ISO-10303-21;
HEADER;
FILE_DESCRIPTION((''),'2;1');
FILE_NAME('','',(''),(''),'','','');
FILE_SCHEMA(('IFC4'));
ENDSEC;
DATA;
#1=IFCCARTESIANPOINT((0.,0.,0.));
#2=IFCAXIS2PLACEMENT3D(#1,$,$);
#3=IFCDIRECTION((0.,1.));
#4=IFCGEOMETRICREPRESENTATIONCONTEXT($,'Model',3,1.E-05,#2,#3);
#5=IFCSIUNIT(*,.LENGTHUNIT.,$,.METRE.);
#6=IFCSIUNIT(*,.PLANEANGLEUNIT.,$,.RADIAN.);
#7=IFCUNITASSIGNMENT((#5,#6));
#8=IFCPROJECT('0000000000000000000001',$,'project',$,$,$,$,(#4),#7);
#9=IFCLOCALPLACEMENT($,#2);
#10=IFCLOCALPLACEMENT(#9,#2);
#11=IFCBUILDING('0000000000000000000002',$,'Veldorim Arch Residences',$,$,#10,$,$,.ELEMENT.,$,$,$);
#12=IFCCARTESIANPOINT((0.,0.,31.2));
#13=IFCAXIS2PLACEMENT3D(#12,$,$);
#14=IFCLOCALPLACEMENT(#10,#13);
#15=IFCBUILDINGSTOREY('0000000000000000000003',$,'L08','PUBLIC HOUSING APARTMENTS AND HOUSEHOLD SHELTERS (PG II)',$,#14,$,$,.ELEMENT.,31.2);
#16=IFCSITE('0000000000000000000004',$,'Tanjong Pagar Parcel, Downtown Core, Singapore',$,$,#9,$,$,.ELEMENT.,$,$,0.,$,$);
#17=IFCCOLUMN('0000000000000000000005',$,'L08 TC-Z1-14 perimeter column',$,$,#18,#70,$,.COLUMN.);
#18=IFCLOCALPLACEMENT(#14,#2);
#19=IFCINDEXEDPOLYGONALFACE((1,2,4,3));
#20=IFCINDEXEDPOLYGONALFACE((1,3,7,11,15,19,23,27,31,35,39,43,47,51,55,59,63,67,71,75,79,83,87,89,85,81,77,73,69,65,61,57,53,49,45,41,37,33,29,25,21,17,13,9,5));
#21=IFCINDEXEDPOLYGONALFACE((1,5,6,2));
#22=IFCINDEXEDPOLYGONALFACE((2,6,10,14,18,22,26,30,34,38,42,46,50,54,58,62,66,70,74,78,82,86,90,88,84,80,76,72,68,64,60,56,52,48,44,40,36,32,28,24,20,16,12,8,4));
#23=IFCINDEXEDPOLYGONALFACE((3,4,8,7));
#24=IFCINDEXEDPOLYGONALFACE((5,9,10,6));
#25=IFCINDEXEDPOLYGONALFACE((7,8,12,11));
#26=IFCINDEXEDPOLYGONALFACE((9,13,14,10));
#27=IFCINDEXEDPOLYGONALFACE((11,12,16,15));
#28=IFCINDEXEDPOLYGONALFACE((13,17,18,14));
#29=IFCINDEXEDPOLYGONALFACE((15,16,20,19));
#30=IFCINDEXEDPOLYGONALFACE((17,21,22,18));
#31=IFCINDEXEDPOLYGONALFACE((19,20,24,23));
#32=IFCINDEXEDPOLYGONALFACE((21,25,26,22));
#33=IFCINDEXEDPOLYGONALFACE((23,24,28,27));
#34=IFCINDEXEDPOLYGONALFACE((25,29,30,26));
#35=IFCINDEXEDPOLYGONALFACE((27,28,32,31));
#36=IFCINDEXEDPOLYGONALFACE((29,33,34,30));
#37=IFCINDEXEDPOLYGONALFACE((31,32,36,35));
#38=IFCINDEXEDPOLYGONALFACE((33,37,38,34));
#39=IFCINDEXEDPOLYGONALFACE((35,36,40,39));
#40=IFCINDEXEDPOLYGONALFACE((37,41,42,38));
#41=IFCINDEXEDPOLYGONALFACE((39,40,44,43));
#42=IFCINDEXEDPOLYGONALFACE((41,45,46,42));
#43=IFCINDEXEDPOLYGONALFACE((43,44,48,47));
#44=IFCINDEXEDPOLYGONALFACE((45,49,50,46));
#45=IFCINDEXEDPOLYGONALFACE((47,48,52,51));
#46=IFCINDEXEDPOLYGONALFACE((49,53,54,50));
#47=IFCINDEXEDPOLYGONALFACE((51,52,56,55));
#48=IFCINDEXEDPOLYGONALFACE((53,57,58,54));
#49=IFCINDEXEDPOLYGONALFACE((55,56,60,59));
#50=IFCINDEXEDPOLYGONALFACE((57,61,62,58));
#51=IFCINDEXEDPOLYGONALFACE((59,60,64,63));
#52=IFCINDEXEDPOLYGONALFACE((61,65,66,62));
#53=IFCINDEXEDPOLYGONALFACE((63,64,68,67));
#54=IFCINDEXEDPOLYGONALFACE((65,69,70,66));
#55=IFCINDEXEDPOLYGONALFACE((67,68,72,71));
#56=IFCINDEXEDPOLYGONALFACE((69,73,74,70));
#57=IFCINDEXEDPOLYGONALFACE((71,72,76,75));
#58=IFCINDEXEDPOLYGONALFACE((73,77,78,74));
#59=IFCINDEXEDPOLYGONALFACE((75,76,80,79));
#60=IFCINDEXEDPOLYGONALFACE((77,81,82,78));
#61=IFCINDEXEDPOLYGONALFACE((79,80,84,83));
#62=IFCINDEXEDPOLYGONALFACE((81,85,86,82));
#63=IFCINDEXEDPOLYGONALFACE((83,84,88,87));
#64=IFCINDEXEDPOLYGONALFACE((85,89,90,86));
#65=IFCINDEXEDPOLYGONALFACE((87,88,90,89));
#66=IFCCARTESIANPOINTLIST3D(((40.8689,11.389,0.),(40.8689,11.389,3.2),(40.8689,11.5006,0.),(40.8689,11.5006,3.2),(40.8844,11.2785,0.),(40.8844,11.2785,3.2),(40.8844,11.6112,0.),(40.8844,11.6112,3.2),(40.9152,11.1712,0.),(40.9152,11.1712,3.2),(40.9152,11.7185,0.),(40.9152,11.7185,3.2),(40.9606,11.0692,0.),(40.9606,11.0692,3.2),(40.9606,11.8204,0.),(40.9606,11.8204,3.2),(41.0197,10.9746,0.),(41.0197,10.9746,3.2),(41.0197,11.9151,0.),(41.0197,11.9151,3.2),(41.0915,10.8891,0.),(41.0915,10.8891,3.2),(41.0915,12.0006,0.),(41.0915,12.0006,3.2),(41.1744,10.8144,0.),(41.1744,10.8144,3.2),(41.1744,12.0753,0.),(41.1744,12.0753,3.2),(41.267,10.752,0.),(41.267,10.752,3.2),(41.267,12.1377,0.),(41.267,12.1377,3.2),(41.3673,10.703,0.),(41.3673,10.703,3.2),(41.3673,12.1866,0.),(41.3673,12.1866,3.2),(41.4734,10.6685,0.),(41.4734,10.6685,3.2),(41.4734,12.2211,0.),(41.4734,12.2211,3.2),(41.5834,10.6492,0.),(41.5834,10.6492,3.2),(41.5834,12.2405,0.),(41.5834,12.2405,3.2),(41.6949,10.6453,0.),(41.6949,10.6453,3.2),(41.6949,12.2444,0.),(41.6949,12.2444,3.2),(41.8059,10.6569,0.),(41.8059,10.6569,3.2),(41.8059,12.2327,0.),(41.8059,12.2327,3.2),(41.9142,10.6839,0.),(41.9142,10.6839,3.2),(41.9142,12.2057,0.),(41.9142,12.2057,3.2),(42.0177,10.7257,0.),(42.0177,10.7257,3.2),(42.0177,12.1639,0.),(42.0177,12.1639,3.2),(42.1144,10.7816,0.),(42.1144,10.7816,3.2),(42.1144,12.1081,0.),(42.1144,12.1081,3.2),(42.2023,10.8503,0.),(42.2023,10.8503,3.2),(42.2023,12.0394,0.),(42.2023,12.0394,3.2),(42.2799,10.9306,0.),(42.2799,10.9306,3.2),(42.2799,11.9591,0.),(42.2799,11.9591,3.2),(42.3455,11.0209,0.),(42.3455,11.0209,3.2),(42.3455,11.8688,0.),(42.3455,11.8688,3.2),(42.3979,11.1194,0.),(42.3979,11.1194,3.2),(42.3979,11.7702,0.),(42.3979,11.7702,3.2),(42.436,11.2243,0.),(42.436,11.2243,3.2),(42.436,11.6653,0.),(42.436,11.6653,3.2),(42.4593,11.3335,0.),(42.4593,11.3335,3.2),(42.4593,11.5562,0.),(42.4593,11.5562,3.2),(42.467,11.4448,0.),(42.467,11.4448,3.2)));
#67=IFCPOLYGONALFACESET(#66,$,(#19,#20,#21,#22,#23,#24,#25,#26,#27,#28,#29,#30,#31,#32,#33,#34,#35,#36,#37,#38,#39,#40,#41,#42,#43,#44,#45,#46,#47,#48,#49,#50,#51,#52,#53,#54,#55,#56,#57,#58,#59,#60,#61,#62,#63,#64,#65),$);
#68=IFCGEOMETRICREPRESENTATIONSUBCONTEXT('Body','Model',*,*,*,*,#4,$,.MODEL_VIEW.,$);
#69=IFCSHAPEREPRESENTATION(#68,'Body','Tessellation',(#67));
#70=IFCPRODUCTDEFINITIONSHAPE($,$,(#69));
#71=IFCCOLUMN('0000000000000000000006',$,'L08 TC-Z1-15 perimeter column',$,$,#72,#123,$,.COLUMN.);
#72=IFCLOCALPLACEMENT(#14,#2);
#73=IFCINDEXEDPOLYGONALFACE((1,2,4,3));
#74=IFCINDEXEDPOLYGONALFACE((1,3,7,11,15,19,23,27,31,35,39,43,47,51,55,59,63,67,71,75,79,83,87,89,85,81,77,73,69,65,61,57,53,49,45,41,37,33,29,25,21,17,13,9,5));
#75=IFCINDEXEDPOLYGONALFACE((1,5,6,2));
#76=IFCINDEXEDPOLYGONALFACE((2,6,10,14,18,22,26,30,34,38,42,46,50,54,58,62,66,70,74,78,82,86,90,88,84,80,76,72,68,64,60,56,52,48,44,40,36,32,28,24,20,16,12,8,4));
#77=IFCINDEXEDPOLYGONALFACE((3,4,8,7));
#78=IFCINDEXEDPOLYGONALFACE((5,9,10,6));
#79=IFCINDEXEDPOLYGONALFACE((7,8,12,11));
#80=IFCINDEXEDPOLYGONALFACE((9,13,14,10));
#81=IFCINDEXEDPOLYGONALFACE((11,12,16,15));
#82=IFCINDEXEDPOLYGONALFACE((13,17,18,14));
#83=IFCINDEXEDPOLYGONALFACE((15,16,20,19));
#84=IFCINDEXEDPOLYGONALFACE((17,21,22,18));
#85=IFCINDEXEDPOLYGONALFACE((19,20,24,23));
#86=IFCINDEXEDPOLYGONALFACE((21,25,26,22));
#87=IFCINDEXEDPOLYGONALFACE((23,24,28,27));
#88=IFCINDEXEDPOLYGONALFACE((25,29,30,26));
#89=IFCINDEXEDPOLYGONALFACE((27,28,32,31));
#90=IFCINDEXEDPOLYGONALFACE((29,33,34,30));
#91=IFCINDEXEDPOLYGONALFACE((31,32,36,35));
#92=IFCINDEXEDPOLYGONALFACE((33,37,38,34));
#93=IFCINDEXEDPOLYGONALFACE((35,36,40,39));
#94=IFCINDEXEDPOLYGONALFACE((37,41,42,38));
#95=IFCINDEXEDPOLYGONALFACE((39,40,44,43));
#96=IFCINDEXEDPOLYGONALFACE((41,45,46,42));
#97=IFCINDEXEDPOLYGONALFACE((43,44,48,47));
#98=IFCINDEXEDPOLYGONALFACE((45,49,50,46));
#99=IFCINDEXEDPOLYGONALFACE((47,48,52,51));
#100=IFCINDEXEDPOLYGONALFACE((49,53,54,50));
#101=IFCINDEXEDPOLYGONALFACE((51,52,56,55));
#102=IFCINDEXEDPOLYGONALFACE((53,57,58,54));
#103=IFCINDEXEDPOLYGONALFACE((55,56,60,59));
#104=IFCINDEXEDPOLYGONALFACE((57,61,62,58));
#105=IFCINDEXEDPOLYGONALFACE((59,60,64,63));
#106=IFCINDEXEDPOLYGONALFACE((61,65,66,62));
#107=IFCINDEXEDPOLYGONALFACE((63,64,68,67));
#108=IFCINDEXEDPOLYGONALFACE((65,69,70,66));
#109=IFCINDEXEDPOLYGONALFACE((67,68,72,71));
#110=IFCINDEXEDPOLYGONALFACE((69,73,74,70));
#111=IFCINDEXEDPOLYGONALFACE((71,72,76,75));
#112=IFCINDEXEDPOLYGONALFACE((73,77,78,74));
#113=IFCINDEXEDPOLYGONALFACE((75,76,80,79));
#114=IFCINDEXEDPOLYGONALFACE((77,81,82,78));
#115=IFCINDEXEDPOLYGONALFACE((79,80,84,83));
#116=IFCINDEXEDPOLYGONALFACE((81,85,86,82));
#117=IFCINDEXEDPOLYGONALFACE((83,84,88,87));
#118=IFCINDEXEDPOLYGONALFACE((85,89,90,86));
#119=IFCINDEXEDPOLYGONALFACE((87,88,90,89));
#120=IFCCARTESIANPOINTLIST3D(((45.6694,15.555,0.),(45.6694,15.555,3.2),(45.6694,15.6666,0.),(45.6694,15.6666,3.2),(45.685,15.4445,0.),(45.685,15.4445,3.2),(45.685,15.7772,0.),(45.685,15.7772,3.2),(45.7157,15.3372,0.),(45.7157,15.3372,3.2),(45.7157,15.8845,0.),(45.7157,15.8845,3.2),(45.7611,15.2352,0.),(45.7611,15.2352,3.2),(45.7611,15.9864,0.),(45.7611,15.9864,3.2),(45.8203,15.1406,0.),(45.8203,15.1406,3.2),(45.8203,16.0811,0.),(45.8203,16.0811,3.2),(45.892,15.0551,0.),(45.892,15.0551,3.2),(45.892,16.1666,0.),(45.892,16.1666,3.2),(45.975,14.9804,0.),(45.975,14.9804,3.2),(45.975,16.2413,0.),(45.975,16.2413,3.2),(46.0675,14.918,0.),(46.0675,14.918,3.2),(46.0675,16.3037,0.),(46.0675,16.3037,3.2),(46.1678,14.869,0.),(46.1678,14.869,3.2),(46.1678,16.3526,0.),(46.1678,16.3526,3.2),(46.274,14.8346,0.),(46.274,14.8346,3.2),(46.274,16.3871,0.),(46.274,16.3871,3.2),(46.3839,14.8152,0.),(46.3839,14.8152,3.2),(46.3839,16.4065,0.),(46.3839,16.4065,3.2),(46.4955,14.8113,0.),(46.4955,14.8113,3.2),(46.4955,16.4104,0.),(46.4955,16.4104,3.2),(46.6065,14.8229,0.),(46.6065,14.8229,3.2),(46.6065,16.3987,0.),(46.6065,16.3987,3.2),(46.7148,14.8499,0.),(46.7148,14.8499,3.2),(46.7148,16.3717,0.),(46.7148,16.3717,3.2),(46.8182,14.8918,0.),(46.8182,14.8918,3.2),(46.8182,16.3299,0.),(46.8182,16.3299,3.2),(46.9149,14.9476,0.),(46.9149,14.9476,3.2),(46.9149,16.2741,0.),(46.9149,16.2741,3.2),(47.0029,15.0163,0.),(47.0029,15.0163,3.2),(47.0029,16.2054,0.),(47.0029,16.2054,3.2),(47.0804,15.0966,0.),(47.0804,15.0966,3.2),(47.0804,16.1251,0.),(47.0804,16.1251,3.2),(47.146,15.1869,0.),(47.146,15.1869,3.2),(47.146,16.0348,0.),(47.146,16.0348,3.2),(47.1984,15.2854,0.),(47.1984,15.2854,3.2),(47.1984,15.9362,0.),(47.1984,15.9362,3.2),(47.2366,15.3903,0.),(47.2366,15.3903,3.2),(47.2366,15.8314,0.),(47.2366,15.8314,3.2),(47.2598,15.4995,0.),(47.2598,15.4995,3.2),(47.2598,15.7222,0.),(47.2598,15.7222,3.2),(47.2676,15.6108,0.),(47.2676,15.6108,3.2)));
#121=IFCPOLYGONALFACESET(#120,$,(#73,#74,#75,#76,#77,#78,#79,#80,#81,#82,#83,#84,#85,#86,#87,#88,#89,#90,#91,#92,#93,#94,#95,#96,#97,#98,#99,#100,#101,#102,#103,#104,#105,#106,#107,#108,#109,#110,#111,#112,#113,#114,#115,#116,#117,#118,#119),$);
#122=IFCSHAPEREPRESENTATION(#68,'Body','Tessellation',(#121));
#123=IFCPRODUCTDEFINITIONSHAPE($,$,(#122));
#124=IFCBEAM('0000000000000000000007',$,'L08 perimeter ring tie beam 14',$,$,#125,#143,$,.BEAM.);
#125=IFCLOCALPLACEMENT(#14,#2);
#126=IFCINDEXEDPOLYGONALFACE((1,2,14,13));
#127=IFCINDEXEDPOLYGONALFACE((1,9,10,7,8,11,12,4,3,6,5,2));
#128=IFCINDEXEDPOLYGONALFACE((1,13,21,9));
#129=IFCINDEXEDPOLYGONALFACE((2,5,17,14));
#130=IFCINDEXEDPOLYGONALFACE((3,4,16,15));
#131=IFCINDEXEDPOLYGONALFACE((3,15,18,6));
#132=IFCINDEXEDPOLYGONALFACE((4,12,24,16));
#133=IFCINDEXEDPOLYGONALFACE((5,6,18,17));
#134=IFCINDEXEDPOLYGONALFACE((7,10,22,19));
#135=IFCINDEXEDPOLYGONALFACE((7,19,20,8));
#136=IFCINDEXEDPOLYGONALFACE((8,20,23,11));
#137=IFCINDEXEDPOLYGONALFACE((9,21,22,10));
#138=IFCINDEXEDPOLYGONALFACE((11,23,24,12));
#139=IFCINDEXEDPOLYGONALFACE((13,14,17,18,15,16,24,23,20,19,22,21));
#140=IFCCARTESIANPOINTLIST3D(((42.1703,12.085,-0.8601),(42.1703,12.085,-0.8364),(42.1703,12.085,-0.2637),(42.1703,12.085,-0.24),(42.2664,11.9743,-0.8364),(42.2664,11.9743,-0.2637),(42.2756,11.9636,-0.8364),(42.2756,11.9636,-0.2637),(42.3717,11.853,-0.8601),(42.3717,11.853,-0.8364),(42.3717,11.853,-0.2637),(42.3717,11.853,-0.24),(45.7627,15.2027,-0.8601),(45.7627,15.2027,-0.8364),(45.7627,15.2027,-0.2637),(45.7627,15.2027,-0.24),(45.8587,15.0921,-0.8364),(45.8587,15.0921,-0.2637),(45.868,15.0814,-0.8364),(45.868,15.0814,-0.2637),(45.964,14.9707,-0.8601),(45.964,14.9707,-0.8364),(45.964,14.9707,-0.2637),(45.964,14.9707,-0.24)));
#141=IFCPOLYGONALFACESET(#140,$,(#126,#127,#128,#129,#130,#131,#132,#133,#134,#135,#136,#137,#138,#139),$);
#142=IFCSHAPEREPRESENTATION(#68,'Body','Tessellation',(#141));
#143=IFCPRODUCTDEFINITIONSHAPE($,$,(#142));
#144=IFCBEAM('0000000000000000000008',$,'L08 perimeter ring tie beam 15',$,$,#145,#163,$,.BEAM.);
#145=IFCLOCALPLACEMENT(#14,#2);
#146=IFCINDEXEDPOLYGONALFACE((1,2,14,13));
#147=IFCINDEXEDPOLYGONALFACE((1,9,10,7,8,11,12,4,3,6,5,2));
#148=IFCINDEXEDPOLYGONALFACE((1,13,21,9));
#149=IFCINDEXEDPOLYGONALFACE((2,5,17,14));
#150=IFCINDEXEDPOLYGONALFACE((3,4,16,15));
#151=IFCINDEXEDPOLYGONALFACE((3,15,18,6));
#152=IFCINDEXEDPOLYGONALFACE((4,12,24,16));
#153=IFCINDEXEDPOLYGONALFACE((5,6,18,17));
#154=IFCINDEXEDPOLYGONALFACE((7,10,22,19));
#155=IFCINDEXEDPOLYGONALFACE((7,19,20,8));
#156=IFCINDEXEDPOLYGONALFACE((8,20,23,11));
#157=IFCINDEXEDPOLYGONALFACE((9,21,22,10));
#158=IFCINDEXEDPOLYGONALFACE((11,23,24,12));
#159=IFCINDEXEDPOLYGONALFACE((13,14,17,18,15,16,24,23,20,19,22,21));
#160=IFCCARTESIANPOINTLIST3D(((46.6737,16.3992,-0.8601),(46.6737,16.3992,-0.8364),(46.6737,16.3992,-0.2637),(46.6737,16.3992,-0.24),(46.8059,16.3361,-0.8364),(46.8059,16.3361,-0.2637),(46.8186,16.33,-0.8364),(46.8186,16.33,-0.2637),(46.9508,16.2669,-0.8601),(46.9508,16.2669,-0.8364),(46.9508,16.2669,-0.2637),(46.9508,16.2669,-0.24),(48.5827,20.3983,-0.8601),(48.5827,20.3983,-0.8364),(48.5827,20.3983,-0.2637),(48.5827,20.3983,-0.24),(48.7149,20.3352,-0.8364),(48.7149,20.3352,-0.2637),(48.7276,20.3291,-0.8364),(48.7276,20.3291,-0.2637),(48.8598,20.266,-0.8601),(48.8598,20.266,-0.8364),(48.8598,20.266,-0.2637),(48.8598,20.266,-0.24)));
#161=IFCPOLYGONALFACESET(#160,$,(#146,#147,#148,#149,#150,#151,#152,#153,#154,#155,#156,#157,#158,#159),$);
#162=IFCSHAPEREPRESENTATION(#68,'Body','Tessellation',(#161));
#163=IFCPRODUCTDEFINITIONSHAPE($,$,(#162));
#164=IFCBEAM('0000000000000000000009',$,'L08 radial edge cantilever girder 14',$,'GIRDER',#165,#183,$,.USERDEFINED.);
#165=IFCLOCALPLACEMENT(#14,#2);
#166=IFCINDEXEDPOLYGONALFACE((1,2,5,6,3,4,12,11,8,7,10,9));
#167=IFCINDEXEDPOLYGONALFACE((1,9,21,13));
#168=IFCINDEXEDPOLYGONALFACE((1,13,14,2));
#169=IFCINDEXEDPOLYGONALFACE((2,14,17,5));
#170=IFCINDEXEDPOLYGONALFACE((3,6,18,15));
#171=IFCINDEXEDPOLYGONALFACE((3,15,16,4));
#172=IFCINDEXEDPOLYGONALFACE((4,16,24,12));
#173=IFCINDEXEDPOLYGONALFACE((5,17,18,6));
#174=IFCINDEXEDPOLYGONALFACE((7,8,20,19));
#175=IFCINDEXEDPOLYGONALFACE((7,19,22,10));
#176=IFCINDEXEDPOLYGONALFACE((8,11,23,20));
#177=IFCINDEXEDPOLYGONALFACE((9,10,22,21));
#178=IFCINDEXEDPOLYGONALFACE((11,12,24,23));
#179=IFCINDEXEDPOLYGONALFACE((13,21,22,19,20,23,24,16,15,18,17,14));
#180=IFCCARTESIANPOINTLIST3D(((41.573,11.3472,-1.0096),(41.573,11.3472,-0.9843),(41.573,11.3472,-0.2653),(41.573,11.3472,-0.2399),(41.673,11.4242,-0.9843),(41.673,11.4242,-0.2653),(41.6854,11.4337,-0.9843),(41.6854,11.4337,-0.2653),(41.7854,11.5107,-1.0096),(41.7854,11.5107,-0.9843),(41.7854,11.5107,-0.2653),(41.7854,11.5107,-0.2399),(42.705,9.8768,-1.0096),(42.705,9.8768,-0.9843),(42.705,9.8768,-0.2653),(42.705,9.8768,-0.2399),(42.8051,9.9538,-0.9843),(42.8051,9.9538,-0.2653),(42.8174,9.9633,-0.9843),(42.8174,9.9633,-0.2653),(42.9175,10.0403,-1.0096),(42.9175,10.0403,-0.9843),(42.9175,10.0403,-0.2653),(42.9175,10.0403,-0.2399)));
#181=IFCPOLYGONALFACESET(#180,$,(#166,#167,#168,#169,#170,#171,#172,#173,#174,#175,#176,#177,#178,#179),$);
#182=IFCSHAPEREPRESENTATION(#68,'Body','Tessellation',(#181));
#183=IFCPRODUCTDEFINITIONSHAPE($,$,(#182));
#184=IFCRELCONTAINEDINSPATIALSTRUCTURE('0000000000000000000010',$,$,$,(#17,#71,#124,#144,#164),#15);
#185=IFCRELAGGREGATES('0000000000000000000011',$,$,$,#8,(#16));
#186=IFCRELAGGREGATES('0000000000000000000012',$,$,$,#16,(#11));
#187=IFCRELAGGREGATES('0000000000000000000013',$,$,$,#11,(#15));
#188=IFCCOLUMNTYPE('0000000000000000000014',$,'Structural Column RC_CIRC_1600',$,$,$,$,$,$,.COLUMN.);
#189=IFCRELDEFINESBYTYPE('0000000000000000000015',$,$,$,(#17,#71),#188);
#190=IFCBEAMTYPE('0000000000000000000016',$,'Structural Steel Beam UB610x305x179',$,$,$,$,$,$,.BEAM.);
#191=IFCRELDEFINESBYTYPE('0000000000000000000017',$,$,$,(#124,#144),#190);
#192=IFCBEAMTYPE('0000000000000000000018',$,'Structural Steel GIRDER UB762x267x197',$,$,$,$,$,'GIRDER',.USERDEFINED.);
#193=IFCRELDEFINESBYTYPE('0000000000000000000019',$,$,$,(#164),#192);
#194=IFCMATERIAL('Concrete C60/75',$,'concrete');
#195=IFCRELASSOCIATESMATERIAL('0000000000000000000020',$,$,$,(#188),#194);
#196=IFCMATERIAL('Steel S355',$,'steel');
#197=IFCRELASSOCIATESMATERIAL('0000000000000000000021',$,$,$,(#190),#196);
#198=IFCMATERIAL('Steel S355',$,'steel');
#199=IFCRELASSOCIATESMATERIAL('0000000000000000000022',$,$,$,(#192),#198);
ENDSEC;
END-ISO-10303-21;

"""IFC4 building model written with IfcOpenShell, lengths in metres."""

from ifc_helpers import new_model, si_unit, direction, frame, origin, origin_2d, place, context, subcontext, project, spatial, circle, i_section, extrude, material, material_profile, profile_set, type_object, element, save


model = new_model("IFC4")

# Units and contexts
model_context = context("Model", 3, precision=1e-05, world=origin(), true_north=direction((0.0, 1.0)))
body_context = subcontext(model_context, "Body", "Model", "MODEL_VIEW")
ifc_project = project(units=[si_unit("LENGTHUNIT", "METRE"), si_unit("PLANEANGLEUNIT", "RADIAN")], contexts=[model_context])

# Site, building, storey
site_placement = place(None, origin())
site = spatial("IfcSite", under=ifc_project, at=site_placement, Name="Tanjong Pagar Parcel, Downtown Core, Singapore", CompositionType="ELEMENT", RefElevation=0.0)
building_placement = place(site_placement, origin())
building = spatial("IfcBuilding", under=site, at=building_placement, Name="Veldorim Arch Residences", CompositionType="ELEMENT")
storey_placement = place(building_placement, frame((0.0, 0.0, 31.2)))
storey = spatial("IfcBuildingStorey", under=building, at=storey_placement, Name="L08", Description="PUBLIC HOUSING APARTMENTS AND HOUSEHOLD SHELTERS (PG II)", CompositionType="ELEMENT", Elevation=31.2)

# Columns
ifc_material_1 = material(Name="Concrete C60/75", Category="concrete")
ifc_material_profile_1 = material_profile(ifc_material_1, circle(Radius=0.8, at=origin_2d()), Name="RC_CIRC_1600")
ifc_profile_set_1 = profile_set([ifc_material_profile_1], Name="Concrete C60/75")
column_type = type_object("IfcColumnType", Name="Structural Column RC_CIRC_1600", PredefinedType="COLUMN", material=ifc_profile_set_1)
for number, where, z_axis, x_axis, name in (
    (1, (41.667, 11.4448, 0.0), (0.0, 0.0, 1.0), (1.0, 0.0, 0.0), "L08 TC-Z1-14 perimeter column"),
    (2, (46.4675, 15.6108, 0.0), (0.0, 0.0, 1.0), (1.0, 0.0, 0.0), "L08 TC-Z1-15 perimeter column"),
):
    element("IfcColumn", number, at=place(storey_placement, frame(where, z_axis=z_axis, x_axis=x_axis)), inside=storey, type_object=column_type, Name=name, PredefinedType="COLUMN", context=body_context, shape_type="SweptSolid", body=[
        extrude(circle(Radius=0.8, at=origin_2d()), origin(), (0.0, 0.0, 1.0), 3.2),
    ])

# Beams
ifc_material_2 = material(Name="Steel S355", Category="steel")
ifc_material_profile_2 = material_profile(ifc_material_2, i_section(OverallWidth=0.3071, OverallDepth=0.6201, WebThickness=0.0142, FlangeThickness=0.0237, at=origin_2d()), Name="UB610x305x179")
ifc_profile_set_2 = profile_set([ifc_material_profile_2], Name="Steel S355")
beam_type_1 = type_object("IfcBeamType", Name="Structural Steel Beam UB610x305x179", PredefinedType="BEAM", material=ifc_profile_set_2)
beam_1_placement = place(storey_placement, frame((42.271, 11.969, -0.55), z_axis=(0.755235, 0.655454, 0.0), x_axis=(-0.655454, 0.755235, 0.0)))
element("IfcBeam", 3, at=beam_1_placement, inside=storey, type_object=beam_type_1, Name="L08 perimeter ring tie beam 14", PredefinedType="BEAM", context=body_context, shape_type="SweptSolid", body=[
    extrude(i_section(OverallWidth=0.3071, OverallDepth=0.6201, WebThickness=0.0142, FlangeThickness=0.0237, at=origin_2d()), origin(), (0.0, 0.0, 1.0), 4.7566),
])
beam_2_placement = place(storey_placement, frame((46.8123, 16.333, -0.55), z_axis=(0.430787, 0.902454, 0.0), x_axis=(-0.902454, 0.430787, 0.0)))
element("IfcBeam", 4, at=beam_2_placement, inside=storey, type_object=beam_type_1, Name="L08 perimeter ring tie beam 15", PredefinedType="BEAM", context=body_context, shape_type="SweptSolid", body=[
    extrude(i_section(OverallWidth=0.3071, OverallDepth=0.6201, WebThickness=0.0142, FlangeThickness=0.0237, at=origin_2d()), origin(), (0.0, 0.0, 1.0), 4.4314),
])
ifc_material_3 = material(Name="Steel S355", Category="steel")
ifc_material_profile_3 = material_profile(ifc_material_3, i_section(OverallWidth=0.2681, OverallDepth=0.7698, WebThickness=0.0156, FlangeThickness=0.0254, at=origin_2d()), Name="UB762x267x197")
ifc_profile_set_3 = profile_set([ifc_material_profile_3], Name="Steel S355")
beam_type_2 = type_object("IfcBeamType", Name="Structural Steel GIRDER UB762x267x197", ElementType="GIRDER", PredefinedType="USERDEFINED", material=ifc_profile_set_3)
beam_3_placement = place(storey_placement, frame((41.6792, 11.429, -0.6248), z_axis=(0.610035, -0.792375, 0.0), x_axis=(0.792375, 0.610035, 0.0)))
element("IfcBeam", 5, at=beam_3_placement, inside=storey, type_object=beam_type_2, Name="L08 radial edge cantilever girder 14", ObjectType="GIRDER", PredefinedType="USERDEFINED", context=body_context, shape_type="SweptSolid", body=[
    extrude(i_section(OverallWidth=0.2681, OverallDepth=0.7698, WebThickness=0.0156, FlangeThickness=0.0254, at=origin_2d()), origin(), (0.0, 0.0, 1.0), 1.8557),
])

save(model, "model.ifc")
